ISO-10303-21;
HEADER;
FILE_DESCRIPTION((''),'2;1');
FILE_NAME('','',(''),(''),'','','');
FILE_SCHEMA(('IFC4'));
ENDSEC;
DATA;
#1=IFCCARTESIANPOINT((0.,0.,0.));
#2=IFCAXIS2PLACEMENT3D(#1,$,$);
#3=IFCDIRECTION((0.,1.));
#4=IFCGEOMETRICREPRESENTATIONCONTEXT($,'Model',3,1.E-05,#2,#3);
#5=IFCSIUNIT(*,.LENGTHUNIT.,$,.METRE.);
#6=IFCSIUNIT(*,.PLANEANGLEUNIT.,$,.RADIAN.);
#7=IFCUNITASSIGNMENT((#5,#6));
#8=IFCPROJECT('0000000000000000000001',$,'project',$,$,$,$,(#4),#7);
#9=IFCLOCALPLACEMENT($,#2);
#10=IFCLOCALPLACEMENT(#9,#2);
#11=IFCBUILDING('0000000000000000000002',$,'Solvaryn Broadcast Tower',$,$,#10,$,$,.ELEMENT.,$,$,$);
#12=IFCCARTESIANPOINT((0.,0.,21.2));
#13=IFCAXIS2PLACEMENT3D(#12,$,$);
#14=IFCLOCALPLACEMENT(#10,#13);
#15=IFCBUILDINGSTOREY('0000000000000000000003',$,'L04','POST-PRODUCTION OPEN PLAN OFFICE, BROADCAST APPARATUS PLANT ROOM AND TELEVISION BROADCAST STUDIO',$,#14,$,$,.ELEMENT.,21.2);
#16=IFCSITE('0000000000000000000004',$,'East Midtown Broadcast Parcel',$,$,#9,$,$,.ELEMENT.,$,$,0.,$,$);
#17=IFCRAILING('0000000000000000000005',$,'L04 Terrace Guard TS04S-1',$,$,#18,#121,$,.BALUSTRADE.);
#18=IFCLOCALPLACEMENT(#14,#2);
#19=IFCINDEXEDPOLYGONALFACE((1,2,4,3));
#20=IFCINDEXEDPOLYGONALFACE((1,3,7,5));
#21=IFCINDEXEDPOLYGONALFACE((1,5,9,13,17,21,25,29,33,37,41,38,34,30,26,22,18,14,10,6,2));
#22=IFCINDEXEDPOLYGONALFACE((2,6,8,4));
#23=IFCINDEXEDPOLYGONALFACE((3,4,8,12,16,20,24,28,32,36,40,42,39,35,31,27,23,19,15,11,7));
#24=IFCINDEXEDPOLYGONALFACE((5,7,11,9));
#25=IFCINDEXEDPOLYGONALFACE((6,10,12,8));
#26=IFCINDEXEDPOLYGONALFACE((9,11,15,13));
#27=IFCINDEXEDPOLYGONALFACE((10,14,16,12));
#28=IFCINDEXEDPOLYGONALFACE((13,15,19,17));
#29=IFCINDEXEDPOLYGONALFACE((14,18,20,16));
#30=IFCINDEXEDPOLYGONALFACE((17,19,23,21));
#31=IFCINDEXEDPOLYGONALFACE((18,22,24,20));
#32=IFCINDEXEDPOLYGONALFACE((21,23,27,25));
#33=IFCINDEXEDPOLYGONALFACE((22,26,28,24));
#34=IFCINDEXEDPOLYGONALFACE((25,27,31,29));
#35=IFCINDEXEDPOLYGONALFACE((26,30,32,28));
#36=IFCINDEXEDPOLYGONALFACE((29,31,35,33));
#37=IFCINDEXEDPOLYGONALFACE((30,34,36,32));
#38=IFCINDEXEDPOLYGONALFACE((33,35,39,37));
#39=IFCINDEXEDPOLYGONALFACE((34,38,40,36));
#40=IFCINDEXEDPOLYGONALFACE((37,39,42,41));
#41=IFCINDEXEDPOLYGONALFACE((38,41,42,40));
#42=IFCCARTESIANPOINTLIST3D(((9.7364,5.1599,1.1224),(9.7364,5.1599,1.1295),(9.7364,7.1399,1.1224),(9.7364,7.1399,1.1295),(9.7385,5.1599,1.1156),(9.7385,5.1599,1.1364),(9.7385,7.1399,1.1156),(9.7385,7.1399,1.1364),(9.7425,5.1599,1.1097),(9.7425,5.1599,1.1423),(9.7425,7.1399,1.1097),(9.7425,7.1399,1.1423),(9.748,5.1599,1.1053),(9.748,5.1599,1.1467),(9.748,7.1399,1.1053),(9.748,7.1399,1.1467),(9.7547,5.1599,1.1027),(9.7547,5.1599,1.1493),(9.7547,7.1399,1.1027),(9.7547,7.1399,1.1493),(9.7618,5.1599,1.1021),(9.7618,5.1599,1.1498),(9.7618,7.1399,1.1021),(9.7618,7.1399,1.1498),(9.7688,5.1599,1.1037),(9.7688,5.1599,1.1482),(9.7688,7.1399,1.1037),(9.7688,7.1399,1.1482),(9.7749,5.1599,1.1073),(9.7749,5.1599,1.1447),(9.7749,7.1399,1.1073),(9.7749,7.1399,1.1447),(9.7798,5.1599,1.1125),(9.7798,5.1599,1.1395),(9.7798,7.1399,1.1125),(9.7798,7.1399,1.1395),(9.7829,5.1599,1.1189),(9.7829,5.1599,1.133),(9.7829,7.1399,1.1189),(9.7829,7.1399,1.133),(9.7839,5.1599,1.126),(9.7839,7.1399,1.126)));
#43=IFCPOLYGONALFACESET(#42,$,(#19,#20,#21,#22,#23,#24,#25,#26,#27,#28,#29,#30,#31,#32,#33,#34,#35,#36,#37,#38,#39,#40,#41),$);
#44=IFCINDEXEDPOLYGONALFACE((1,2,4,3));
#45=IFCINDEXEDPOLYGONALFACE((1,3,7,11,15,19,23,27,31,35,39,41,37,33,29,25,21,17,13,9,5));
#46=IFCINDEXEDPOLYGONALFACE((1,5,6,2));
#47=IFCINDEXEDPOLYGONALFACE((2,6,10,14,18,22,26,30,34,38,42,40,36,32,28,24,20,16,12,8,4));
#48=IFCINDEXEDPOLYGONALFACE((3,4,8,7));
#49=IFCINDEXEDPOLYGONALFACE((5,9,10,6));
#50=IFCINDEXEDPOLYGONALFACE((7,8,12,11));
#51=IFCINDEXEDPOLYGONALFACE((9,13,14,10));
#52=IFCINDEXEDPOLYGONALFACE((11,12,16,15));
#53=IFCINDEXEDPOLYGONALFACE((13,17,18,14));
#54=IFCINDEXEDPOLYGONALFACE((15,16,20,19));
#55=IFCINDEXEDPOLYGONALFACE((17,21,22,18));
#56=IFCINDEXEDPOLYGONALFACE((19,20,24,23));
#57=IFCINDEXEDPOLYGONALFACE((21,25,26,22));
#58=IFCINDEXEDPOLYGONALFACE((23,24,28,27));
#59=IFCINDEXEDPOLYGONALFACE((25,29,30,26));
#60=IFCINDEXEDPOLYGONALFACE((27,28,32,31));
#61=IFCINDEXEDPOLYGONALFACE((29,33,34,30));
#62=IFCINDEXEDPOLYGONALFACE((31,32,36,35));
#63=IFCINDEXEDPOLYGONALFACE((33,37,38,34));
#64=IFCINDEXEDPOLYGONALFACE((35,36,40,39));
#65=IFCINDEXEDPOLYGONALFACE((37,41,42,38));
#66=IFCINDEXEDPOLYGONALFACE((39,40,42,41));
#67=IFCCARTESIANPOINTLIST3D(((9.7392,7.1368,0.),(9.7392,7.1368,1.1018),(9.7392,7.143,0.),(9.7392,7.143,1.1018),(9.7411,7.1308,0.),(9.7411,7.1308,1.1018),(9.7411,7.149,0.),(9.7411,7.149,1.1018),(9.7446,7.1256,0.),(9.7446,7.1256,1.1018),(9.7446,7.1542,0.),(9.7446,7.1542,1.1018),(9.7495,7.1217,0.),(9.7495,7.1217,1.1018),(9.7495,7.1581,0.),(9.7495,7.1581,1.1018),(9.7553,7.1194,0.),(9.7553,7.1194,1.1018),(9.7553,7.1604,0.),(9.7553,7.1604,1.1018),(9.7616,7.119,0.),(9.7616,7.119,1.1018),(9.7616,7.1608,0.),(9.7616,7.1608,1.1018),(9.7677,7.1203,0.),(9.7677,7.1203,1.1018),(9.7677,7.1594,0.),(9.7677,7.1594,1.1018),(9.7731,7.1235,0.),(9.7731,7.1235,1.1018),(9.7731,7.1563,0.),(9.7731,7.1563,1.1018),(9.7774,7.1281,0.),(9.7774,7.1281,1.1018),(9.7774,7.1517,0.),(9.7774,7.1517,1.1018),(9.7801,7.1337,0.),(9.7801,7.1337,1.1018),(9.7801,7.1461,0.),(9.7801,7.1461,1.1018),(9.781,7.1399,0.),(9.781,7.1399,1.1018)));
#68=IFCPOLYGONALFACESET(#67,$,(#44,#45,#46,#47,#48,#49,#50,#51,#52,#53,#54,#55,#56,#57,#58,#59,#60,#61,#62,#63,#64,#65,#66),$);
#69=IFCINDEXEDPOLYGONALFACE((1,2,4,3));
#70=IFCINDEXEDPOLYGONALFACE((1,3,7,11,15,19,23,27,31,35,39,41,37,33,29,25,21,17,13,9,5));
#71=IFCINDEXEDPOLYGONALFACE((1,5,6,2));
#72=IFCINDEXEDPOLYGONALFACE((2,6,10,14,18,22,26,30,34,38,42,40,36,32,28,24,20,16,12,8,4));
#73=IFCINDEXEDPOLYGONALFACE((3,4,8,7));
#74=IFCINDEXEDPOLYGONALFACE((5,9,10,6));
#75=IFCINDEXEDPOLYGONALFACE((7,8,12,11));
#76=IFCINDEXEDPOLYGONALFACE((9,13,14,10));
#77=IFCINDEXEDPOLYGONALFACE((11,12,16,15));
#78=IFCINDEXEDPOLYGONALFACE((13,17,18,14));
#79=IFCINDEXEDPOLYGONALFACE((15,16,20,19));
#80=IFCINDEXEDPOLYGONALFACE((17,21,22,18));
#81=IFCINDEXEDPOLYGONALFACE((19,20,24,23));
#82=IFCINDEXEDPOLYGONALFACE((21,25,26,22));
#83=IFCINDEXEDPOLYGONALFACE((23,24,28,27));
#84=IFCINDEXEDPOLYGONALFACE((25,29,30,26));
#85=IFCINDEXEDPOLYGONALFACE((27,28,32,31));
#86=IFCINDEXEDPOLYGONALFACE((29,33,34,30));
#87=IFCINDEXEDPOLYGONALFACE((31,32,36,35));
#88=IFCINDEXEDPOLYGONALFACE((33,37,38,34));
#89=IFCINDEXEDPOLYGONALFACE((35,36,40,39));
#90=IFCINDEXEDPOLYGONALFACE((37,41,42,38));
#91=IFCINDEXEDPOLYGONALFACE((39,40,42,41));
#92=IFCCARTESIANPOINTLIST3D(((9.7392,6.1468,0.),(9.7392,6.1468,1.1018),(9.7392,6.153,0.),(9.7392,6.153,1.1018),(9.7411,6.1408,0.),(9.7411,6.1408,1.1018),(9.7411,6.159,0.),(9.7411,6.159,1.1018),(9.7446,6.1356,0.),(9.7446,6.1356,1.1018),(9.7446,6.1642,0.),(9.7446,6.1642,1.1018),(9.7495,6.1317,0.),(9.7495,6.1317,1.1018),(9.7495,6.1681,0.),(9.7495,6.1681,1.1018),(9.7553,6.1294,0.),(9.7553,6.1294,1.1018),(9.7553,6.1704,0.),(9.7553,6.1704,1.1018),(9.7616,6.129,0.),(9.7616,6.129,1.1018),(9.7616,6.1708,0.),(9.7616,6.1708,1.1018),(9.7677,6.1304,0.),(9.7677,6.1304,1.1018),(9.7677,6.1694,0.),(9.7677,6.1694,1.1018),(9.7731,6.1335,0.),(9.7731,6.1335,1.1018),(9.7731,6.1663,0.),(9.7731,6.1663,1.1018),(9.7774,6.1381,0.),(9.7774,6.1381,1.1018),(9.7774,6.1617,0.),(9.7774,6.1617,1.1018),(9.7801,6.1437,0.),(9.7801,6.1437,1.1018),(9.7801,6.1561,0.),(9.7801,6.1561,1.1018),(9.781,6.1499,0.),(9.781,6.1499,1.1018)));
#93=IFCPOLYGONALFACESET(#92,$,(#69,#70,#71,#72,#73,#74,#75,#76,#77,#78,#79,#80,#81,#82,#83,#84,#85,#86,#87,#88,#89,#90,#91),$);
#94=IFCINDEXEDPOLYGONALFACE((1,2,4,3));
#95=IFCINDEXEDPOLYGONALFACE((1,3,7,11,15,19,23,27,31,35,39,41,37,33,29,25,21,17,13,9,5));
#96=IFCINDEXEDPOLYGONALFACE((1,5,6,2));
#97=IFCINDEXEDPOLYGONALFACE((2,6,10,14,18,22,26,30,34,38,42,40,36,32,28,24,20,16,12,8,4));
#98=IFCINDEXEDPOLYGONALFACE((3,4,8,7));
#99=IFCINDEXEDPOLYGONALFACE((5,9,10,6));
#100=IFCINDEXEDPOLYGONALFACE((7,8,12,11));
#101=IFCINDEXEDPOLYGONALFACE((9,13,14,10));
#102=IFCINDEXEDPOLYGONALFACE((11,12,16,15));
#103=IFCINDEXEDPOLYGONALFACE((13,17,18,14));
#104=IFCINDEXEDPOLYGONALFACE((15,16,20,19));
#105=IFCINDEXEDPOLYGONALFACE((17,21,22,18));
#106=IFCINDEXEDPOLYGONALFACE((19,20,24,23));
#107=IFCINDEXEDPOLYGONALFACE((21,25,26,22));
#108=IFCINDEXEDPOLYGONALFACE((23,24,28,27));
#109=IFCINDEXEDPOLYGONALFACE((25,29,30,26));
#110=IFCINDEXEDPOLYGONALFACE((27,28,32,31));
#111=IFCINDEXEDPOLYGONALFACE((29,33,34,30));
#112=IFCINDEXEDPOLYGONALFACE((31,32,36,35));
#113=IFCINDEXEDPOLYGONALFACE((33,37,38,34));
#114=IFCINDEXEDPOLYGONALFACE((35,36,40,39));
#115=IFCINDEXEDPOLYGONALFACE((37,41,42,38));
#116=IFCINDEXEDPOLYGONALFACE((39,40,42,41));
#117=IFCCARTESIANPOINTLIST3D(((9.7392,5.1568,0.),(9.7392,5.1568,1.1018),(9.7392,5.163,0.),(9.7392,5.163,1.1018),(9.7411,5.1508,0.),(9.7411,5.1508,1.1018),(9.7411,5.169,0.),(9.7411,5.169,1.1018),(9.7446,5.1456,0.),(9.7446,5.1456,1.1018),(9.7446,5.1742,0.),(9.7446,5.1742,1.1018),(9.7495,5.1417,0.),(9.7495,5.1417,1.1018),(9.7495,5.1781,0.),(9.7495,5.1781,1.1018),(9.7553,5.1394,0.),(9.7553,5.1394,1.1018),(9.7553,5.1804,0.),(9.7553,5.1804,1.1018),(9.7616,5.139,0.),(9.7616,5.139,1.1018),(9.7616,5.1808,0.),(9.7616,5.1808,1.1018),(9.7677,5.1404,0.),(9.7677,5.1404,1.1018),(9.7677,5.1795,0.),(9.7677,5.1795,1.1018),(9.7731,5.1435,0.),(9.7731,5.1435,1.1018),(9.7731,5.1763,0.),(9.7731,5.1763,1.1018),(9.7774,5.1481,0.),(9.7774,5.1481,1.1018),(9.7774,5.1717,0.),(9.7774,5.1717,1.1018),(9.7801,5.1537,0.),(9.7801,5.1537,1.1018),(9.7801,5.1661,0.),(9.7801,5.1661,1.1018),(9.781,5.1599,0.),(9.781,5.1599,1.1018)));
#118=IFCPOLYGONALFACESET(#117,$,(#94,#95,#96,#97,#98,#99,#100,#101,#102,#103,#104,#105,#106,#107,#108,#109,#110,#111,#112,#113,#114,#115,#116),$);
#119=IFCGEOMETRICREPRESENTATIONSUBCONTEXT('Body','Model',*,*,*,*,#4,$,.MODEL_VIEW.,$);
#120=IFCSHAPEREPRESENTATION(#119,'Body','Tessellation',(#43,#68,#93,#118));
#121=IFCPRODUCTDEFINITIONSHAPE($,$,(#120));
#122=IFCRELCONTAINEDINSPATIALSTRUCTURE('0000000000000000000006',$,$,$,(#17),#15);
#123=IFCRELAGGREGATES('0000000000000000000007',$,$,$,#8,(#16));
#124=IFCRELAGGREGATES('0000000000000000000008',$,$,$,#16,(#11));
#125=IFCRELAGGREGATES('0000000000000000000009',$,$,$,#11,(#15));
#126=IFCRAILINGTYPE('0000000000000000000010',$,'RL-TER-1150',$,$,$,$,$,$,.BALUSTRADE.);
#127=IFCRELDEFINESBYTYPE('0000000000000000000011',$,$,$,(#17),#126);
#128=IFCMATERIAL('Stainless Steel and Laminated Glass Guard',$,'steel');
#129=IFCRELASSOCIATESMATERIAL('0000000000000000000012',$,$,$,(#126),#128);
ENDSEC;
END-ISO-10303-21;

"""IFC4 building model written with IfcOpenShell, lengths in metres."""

from ifc_helpers import new_model, si_unit, direction, frame, origin, origin_2d, place, context, subcontext, project, spatial, circle, extrude, material, type_object, element, save


model = new_model("IFC4")

# Units and contexts
model_context = context("Model", 3, precision=1e-05, world=origin(), true_north=direction((0.0, 1.0)))
body_context = subcontext(model_context, "Body", "Model", "MODEL_VIEW")
ifc_project = project(units=[si_unit("LENGTHUNIT", "METRE"), si_unit("PLANEANGLEUNIT", "RADIAN")], contexts=[model_context])

# Site, building, storey
site_placement = place(None, origin())
site = spatial("IfcSite", under=ifc_project, at=site_placement, Name="East Midtown Broadcast Parcel", CompositionType="ELEMENT", RefElevation=0.0)
building_placement = place(site_placement, origin())
building = spatial("IfcBuilding", under=site, at=building_placement, Name="Solvaryn Broadcast Tower", CompositionType="ELEMENT")
storey_placement = place(building_placement, frame((0.0, 0.0, 21.2)))
storey = spatial("IfcBuildingStorey", under=building, at=storey_placement, Name="L04", Description="POST-PRODUCTION OPEN PLAN OFFICE, BROADCAST APPARATUS PLANT ROOM AND TELEVISION BROADCAST STUDIO", CompositionType="ELEMENT", Elevation=21.2)

# Railing
ifc_material_1 = material(Name="Stainless Steel and Laminated Glass Guard", Category="steel")
railing_type = type_object("IfcRailingType", Name="RL-TER-1150", PredefinedType="BALUSTRADE", material=ifc_material_1)
railing_1_placement = place(storey_placement, frame((9.76, 7.1399, 0.0)))
element("IfcRailing", 1, at=railing_1_placement, inside=storey, type_object=railing_type, Name="L04 Terrace Guard TS04S-1", PredefinedType="BALUSTRADE", context=body_context, shape_type="SweptSolid", body=[
    extrude(circle(Radius=0.0239, at=origin_2d()), frame((0.0, 0.0, 1.126), z_axis=(0.0, -1.0, 0.0), x_axis=(1.0, 0.0, 0.0)), (0.0, 0.0, 1.0), 1.98),
    extrude(circle(Radius=0.021, at=origin_2d()), origin(), (0.0, 0.0, 1.0), 1.1018),
    extrude(circle(Radius=0.021, at=origin_2d()), frame((0.0, -0.99, 0.0)), (0.0, 0.0, 1.0), 1.1018),
    extrude(circle(Radius=0.021, at=origin_2d()), frame((0.0, -1.98, 0.0)), (0.0, 0.0, 1.0), 1.1018),
])

save(model, "model.ifc")
